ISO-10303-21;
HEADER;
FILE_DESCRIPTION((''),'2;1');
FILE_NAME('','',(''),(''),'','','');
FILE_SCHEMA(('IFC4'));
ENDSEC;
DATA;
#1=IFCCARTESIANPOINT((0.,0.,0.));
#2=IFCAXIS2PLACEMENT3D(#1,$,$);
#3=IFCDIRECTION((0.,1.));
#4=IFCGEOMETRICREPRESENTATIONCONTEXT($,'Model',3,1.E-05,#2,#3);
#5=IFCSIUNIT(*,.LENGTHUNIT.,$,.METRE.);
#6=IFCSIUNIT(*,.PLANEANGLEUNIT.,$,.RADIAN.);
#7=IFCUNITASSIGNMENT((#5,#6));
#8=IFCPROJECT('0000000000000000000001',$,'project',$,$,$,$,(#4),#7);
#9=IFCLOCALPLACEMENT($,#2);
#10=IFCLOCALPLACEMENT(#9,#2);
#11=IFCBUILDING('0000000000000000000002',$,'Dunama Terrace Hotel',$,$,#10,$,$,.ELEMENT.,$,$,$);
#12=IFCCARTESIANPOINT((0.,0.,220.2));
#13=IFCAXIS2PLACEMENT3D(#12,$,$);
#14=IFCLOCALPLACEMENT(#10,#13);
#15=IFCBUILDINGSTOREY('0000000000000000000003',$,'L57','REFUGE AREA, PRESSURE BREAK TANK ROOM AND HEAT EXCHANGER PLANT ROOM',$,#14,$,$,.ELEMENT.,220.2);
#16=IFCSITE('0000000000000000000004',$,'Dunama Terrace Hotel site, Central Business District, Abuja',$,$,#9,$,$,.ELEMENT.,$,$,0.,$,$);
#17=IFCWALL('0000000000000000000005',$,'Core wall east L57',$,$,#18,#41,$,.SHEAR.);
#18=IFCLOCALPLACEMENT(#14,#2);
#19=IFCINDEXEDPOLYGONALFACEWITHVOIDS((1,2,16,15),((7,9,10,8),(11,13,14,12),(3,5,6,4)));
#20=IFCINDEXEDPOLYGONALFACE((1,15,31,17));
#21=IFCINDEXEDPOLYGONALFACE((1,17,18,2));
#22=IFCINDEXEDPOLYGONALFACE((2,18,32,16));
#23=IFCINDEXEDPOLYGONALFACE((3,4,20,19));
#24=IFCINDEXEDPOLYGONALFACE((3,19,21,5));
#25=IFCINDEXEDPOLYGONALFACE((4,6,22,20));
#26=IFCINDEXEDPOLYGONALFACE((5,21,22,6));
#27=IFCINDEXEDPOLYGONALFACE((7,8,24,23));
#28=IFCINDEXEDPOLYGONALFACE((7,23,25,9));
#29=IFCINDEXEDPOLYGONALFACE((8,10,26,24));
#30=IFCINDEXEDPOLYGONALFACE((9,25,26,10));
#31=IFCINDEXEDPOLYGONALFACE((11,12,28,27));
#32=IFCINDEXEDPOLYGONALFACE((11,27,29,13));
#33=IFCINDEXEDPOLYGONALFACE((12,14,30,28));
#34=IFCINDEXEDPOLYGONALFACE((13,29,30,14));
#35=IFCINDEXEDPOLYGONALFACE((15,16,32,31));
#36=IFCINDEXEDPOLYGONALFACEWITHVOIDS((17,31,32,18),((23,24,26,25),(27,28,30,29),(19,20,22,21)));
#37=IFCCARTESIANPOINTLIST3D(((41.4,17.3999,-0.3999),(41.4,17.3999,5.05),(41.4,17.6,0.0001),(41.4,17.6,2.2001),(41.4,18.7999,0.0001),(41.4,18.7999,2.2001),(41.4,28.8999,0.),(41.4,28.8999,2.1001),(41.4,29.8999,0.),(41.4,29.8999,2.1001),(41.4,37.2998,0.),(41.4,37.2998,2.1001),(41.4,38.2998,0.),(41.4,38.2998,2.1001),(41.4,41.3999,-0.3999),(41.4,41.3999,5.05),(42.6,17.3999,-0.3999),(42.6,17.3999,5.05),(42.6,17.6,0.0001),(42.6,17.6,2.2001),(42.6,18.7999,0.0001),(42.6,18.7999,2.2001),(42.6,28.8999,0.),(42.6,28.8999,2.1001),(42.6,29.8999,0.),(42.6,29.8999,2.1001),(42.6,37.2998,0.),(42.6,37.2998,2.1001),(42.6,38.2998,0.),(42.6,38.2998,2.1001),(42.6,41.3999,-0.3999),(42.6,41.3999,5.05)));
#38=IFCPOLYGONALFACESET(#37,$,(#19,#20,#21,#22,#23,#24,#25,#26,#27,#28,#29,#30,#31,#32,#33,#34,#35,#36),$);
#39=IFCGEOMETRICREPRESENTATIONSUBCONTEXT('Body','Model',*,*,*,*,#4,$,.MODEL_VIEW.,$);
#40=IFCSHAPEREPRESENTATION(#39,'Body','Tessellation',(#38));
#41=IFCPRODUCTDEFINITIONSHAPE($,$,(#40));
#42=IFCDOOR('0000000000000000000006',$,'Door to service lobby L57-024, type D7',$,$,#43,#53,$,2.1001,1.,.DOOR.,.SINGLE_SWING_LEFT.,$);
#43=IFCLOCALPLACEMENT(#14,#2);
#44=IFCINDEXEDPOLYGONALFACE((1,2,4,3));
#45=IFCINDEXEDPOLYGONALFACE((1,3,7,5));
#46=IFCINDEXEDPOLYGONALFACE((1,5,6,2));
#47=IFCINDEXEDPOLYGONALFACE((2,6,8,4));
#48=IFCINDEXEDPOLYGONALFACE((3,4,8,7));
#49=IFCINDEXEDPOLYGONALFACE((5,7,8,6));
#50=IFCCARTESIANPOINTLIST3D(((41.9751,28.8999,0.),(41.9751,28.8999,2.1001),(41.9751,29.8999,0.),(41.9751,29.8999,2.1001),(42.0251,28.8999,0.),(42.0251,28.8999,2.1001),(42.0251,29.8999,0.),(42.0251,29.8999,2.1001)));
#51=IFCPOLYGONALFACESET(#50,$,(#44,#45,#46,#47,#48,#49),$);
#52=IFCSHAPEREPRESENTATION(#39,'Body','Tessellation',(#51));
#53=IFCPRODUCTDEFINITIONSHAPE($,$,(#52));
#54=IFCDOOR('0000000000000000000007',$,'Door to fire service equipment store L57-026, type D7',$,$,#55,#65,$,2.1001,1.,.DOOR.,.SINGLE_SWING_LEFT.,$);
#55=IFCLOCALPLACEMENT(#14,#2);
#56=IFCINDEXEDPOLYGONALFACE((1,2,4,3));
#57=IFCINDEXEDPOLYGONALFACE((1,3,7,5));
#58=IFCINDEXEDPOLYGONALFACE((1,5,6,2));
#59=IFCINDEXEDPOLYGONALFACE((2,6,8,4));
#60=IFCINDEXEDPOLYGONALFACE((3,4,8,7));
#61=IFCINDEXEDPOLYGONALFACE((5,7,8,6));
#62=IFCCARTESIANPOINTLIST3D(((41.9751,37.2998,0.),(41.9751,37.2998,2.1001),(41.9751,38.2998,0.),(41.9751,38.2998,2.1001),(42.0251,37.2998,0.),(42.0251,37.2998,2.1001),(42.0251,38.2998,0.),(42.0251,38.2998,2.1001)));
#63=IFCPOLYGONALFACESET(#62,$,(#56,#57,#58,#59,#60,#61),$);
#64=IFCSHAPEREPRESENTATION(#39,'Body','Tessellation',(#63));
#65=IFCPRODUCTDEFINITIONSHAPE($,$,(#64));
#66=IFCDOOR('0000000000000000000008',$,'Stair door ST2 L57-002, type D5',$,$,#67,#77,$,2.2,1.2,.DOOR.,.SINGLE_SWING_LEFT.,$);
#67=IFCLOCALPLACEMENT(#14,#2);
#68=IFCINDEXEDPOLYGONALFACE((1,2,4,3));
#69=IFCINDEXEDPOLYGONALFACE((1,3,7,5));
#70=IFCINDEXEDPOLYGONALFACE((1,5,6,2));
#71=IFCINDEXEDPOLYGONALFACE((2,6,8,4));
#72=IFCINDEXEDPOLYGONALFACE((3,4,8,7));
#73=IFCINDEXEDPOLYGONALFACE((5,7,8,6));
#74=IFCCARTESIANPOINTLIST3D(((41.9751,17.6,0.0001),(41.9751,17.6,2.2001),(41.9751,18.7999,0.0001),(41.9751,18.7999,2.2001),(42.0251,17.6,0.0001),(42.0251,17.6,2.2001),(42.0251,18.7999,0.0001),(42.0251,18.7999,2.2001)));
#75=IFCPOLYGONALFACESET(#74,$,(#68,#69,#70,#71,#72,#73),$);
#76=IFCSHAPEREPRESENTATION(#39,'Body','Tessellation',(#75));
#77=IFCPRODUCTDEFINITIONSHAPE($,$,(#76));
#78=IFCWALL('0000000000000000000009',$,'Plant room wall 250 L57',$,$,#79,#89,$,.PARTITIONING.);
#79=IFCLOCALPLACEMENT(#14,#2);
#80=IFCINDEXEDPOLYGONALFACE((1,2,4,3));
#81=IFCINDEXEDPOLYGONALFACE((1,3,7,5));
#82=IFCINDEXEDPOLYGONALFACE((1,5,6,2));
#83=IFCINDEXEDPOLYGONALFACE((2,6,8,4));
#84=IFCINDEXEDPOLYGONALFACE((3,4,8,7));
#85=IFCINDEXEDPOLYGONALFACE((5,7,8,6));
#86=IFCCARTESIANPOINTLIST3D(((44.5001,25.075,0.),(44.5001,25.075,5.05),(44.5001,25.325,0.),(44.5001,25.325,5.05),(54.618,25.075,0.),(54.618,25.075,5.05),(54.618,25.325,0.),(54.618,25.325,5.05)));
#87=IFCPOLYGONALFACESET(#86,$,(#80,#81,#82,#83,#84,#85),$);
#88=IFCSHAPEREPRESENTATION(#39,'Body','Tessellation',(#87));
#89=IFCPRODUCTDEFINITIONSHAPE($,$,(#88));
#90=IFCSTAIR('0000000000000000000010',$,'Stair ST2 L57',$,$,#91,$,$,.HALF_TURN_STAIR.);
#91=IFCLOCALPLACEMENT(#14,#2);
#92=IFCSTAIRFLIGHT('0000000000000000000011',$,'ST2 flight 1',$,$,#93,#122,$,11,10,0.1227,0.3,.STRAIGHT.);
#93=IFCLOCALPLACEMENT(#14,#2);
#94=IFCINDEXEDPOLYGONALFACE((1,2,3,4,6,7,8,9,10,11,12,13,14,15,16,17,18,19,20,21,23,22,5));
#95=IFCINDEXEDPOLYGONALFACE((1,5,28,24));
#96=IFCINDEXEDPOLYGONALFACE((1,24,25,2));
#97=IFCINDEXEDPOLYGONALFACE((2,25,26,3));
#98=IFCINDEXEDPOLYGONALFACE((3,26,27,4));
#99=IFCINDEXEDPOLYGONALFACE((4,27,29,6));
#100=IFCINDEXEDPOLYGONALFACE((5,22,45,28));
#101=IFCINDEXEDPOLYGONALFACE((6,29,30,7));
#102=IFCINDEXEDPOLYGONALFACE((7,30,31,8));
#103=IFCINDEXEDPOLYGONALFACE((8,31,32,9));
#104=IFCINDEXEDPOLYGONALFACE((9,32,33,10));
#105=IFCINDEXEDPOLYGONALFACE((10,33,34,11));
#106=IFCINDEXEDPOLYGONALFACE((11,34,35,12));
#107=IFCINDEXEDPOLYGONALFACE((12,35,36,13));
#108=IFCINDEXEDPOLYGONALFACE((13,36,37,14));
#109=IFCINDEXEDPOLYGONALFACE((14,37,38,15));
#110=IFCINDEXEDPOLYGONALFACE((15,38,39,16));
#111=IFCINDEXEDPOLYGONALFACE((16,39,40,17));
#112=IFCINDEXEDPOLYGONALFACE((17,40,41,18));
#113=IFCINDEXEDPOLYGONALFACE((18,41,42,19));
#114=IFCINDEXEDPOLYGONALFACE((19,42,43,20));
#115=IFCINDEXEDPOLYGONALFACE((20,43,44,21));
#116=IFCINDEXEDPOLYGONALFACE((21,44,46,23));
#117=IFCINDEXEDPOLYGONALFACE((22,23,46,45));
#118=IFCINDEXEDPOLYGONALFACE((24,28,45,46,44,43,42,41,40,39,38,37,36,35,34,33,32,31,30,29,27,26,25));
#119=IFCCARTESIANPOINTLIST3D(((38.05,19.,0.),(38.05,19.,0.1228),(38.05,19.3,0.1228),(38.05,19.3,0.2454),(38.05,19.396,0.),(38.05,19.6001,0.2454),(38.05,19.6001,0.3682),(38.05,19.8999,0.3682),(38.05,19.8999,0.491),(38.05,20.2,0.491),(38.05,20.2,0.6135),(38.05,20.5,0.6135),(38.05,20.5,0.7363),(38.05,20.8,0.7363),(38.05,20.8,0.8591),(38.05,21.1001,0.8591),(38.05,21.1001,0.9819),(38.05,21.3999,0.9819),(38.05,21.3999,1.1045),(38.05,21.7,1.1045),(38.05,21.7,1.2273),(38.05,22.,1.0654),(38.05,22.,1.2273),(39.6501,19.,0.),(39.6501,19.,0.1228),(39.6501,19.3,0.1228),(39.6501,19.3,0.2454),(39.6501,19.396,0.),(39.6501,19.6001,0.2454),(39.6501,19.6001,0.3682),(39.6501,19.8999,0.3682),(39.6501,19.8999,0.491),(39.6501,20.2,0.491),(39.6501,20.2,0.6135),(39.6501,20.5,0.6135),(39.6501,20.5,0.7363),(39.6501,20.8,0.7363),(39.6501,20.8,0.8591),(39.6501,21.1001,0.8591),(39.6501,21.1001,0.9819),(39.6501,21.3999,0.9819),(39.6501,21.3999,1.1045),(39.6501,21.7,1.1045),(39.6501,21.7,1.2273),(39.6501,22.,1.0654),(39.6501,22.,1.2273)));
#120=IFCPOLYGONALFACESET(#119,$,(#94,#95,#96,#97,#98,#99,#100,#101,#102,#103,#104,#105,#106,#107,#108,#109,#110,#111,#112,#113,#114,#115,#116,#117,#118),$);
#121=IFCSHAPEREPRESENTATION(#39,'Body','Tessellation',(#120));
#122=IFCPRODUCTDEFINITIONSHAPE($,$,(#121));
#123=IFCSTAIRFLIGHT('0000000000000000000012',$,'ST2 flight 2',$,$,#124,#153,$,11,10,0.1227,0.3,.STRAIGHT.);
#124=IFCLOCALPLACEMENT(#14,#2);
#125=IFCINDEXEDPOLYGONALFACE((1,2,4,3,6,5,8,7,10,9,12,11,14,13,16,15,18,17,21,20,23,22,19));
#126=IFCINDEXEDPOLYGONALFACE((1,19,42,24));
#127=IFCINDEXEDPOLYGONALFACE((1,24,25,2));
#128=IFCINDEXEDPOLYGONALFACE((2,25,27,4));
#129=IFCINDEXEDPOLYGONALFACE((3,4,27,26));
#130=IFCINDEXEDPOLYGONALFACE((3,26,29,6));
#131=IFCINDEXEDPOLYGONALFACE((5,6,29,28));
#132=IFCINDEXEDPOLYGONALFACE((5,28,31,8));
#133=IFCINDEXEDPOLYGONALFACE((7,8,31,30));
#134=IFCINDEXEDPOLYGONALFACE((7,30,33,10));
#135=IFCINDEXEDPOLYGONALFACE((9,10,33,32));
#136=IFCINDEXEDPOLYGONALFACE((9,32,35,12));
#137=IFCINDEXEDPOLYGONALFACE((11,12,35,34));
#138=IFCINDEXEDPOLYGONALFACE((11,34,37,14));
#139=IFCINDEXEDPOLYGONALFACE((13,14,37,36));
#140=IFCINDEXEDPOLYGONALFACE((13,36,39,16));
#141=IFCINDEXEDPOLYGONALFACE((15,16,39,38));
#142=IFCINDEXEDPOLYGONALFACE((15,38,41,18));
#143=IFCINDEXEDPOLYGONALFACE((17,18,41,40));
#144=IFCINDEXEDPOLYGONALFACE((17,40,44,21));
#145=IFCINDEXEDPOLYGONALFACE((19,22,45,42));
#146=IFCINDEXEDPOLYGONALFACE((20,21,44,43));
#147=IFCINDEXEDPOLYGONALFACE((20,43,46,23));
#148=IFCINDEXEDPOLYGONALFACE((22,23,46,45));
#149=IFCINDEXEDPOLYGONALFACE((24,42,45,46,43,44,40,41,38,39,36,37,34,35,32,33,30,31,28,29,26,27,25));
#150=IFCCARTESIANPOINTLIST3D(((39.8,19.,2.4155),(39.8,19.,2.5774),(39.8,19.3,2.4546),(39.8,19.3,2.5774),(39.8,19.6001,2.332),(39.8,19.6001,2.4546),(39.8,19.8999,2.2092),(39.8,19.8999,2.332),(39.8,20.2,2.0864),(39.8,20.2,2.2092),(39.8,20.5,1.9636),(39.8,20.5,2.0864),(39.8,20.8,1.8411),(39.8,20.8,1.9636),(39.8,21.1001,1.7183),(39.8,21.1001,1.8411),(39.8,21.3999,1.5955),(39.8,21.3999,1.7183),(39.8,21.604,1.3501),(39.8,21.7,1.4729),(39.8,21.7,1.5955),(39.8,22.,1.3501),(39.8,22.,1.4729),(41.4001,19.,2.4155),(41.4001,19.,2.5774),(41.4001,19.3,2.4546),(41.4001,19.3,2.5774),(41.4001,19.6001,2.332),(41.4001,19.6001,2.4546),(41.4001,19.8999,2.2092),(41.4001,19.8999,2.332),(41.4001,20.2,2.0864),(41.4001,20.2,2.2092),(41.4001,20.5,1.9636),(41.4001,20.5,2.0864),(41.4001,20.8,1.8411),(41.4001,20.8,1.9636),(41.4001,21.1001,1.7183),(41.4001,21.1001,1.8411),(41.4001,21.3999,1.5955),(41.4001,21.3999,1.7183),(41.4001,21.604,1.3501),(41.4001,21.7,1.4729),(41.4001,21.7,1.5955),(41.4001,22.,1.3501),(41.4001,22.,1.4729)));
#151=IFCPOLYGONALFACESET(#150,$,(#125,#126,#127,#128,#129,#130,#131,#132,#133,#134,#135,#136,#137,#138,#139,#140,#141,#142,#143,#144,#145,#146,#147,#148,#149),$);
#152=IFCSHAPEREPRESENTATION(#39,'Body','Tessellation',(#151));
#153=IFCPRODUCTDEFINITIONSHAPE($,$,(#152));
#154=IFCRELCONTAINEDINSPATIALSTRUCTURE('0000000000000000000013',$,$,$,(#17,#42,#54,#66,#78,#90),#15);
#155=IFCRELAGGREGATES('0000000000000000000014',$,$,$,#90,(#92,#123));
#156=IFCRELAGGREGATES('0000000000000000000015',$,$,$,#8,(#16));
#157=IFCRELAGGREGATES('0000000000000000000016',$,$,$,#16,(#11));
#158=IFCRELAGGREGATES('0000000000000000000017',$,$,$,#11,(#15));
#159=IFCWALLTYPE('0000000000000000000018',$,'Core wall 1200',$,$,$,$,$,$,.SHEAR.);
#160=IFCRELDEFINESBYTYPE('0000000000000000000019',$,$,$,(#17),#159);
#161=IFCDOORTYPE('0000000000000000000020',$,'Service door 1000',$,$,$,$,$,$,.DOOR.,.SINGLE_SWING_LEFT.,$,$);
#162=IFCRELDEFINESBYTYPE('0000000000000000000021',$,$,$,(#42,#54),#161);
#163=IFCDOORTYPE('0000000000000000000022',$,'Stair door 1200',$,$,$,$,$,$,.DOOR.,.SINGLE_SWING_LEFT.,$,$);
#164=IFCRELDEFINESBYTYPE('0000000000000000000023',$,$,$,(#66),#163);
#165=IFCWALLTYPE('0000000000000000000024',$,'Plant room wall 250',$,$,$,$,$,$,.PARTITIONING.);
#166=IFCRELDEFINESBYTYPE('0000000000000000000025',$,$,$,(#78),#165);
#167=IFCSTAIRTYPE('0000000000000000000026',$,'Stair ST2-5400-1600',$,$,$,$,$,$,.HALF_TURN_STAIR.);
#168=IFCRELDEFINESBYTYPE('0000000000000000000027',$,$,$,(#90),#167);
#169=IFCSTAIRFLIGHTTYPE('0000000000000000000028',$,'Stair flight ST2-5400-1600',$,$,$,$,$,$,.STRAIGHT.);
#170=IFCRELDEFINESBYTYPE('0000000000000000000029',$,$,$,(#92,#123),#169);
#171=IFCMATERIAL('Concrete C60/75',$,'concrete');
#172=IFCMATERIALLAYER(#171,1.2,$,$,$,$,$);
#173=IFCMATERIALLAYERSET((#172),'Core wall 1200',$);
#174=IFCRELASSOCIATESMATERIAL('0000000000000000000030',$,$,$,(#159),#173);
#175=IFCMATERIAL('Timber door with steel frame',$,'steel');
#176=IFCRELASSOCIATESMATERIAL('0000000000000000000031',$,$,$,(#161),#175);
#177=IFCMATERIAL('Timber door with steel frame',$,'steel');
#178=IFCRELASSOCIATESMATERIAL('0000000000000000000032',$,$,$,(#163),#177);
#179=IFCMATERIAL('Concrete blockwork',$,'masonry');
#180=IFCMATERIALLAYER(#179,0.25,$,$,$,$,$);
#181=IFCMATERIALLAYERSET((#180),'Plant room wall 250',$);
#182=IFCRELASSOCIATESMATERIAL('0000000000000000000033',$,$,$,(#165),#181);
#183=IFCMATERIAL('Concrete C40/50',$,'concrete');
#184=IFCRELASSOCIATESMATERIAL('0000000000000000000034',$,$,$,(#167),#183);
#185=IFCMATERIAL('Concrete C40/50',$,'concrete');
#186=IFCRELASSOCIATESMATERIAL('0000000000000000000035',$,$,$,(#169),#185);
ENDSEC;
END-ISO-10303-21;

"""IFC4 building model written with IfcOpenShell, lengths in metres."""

from ifc_helpers import new_model, si_unit, direction, frame, frame_2d, origin, place, context, subcontext, project, spatial, polyline, rectangle, outline, extrude, material, layer, layer_set, type_object, element, fill, aggregate, save


model = new_model("IFC4")

# Units and contexts
model_context = context("Model", 3, precision=1e-05, world=origin(), true_north=direction((0.0, 1.0)))
body_context = subcontext(model_context, "Body", "Model", "MODEL_VIEW")
ifc_project = project(units=[si_unit("LENGTHUNIT", "METRE"), si_unit("PLANEANGLEUNIT", "RADIAN")], contexts=[model_context])

# Site, building, storey
site_placement = place(None, origin())
site = spatial("IfcSite", under=ifc_project, at=site_placement, Name="Dunama Terrace Hotel site, Central Business District, Abuja", CompositionType="ELEMENT", RefElevation=0.0)
building_placement = place(site_placement, origin())
building = spatial("IfcBuilding", under=site, at=building_placement, Name="Dunama Terrace Hotel", CompositionType="ELEMENT")
storey_placement = place(building_placement, frame((0.0, 0.0, 220.2)))
storey = spatial("IfcBuildingStorey", under=building, at=storey_placement, Name="L57", Description="REFUGE AREA, PRESSURE BREAK TANK ROOM AND HEAT EXCHANGER PLANT ROOM", CompositionType="ELEMENT", Elevation=220.2)

# Wall, openings, doors
ifc_material_1 = material(Name="Concrete C60/75", Category="concrete")
ifc_layer_1 = layer(ifc_material_1, 1.2)
ifc_layer_set_1 = layer_set([ifc_layer_1], Name="Core wall 1200")
wall_type_1 = type_object("IfcWallType", Name="Core wall 1200", PredefinedType="SHEAR", material=ifc_layer_set_1)
wall_1_placement = place(storey_placement, frame((42.0, 17.3999, -0.3999), z_axis=(0.0, 0.0, 1.0), x_axis=(0.0, 1.0, 0.0)))
wall_1 = element("IfcWall", 1, at=wall_1_placement, inside=storey, type_object=wall_type_1, Name="Core wall east L57", PredefinedType="SHEAR", context=body_context, shape_type="SweptSolid", body=[
    extrude(rectangle(XDim=24.0, YDim=1.2, at=frame_2d((12.0, 0.0))), origin(), (0.0, 0.0, 1.0), 5.45),
])
opening_1_placement = place(wall_1_placement, frame((0.2, 0.0, 0.3999)))
opening_1 = element("IfcOpeningElement", 2, at=opening_1_placement, cuts=wall_1, PredefinedType="OPENING", context=body_context, shape_type="SweptSolid", body=[
    extrude(rectangle(XDim=1.2, YDim=2.2, at=frame_2d((0.6001, 1.1001))), frame((0.0, 0.6099, 0.0), z_axis=(0.0, -1.0, 0.0), x_axis=(1.0, 0.0, 0.0)), (0.0, 0.0, 1.0), 1.22),
])
opening_2_placement = place(wall_1_placement, frame((11.5, 0.0, 0.3999)))
opening_2 = element("IfcOpeningElement", 3, at=opening_2_placement, cuts=wall_1, PredefinedType="OPENING", context=body_context, shape_type="SweptSolid", body=[
    extrude(rectangle(XDim=1.0, YDim=2.1001, at=frame_2d((0.5, 1.05))), frame((0.0, 0.6099, 0.0), z_axis=(0.0, -1.0, 0.0), x_axis=(1.0, 0.0, 0.0)), (0.0, 0.0, 1.0), 1.22),
])
opening_3_placement = place(wall_1_placement, frame((19.8999, 0.0, 0.3999)))
opening_3 = element("IfcOpeningElement", 4, at=opening_3_placement, cuts=wall_1, PredefinedType="OPENING", context=body_context, shape_type="SweptSolid", body=[
    extrude(rectangle(XDim=1.0, YDim=2.1001, at=frame_2d((0.5, 1.05))), frame((0.0, 0.6099, 0.0), z_axis=(0.0, -1.0, 0.0), x_axis=(1.0, 0.0, 0.0)), (0.0, 0.0, 1.0), 1.22),
])
ifc_material_2 = material(Name="Timber door with steel frame", Category="steel")
door_type_1 = type_object("IfcDoorType", Name="Service door 1000", OperationType="SINGLE_SWING_LEFT", PredefinedType="DOOR", material=ifc_material_2)
door_1_placement = place(opening_2_placement, origin())
door_1 = element("IfcDoor", 5, at=door_1_placement, inside=storey, type_object=door_type_1, Name="Door to service lobby L57-024, type D7", OperationType="SINGLE_SWING_LEFT", OverallHeight=2.1001, OverallWidth=1.0, PredefinedType="DOOR", context=body_context, shape_type="SweptSolid", body=[
    extrude(rectangle(XDim=1.0, YDim=2.1001, at=frame_2d((0.5, 1.05))), frame((0.0, 0.0249, 0.0), z_axis=(0.0, -1.0, 0.0), x_axis=(1.0, 0.0, 0.0)), (0.0, 0.0, 1.0), 0.05),
])
fill(opening_2, door_1)
door_2_placement = place(opening_3_placement, origin())
door_2 = element("IfcDoor", 6, at=door_2_placement, inside=storey, type_object=door_type_1, Name="Door to fire service equipment store L57-026, type D7", OperationType="SINGLE_SWING_LEFT", OverallHeight=2.1001, OverallWidth=1.0, PredefinedType="DOOR", context=body_context, shape_type="SweptSolid", body=[
    extrude(rectangle(XDim=1.0, YDim=2.1001, at=frame_2d((0.5, 1.05))), frame((0.0, 0.0249, 0.0), z_axis=(0.0, -1.0, 0.0), x_axis=(1.0, 0.0, 0.0)), (0.0, 0.0, 1.0), 0.05),
])
fill(opening_3, door_2)
ifc_material_3 = material(Name="Timber door with steel frame", Category="steel")
door_type_2 = type_object("IfcDoorType", Name="Stair door 1200", OperationType="SINGLE_SWING_LEFT", PredefinedType="DOOR", material=ifc_material_3)
door_3_placement = place(opening_1_placement, origin())
door_3 = element("IfcDoor", 7, at=door_3_placement, inside=storey, type_object=door_type_2, Name="Stair door ST2 L57-002, type D5", OperationType="SINGLE_SWING_LEFT", OverallHeight=2.2, OverallWidth=1.2, PredefinedType="DOOR", context=body_context, shape_type="SweptSolid", body=[
    extrude(rectangle(XDim=1.2, YDim=2.2, at=frame_2d((0.6001, 1.1001))), frame((0.0, 0.0249, 0.0), z_axis=(0.0, -1.0, 0.0), x_axis=(1.0, 0.0, 0.0)), (0.0, 0.0, 1.0), 0.05),
])
fill(opening_1, door_3)

# Wall
ifc_material_4 = material(Name="Concrete blockwork", Category="masonry")
ifc_layer_2 = layer(ifc_material_4, 0.25)
ifc_layer_set_2 = layer_set([ifc_layer_2], Name="Plant room wall 250")
wall_type_2 = type_object("IfcWallType", Name="Plant room wall 250", PredefinedType="PARTITIONING", material=ifc_layer_set_2)
wall_2_placement = place(storey_placement, frame((44.5, 25.2, 0.0), z_axis=(0.0, 0.0, 1.0), x_axis=(1.0, 0.0, 0.0)))
element("IfcWall", 8, at=wall_2_placement, inside=storey, type_object=wall_type_2, Name="Plant room wall 250 L57", PredefinedType="PARTITIONING", context=body_context, shape_type="SweptSolid", body=[
    extrude(rectangle(XDim=10.1179, YDim=0.25, at=frame_2d((5.0591, 0.0))), origin(), (0.0, 0.0, 1.0), 5.05),
])

# Stair, stair flights
ifc_material_5 = material(Name="Concrete C40/50", Category="concrete")
stair_type = type_object("IfcStairType", Name="Stair ST2-5400-1600", PredefinedType="HALF_TURN_STAIR", material=ifc_material_5)
stair_placement = place(storey_placement, origin())
stair = element("IfcStair", 9, at=stair_placement, inside=storey, type_object=stair_type, Name="Stair ST2 L57", PredefinedType="HALF_TURN_STAIR")
ifc_material_6 = material(Name="Concrete C40/50", Category="concrete")
stair_flight_type = type_object("IfcStairFlightType", Name="Stair flight ST2-5400-1600", PredefinedType="STRAIGHT", material=ifc_material_6)
stair_flight_1_placement = place(storey_placement, frame((38.8501, 19.0, 0.0), z_axis=(0.0, 0.0, 1.0), x_axis=(0.0, 1.0, 0.0)))
stair_flight_1 = element("IfcStairFlight", 10, at=stair_flight_1_placement, type_object=stair_flight_type, Name="ST2 flight 1", NumberOfRisers=11, NumberOfTreads=10, PredefinedType="STRAIGHT", RiserHeight=0.1227, TreadLength=0.3, context=body_context, shape_type="SweptSolid", body=[
    extrude(outline(polyline([(0.0, 0.0), (0.0, 0.1228), (0.3, 0.1228), (0.3, 0.2454), (0.6001, 0.2454), (0.6001, 0.3682), (0.8999, 0.3682), (0.8999, 0.491), (1.2, 0.491), (1.2, 0.6135), (1.5, 0.6135), (1.5, 0.7363), (1.8, 0.7363), (1.8, 0.8591), (2.1001, 0.8591), (2.1001, 0.9819), (2.3999, 0.9819), (2.3999, 1.1045), (2.7, 1.1045), (2.7, 1.2273), (3.0, 1.2273), (3.0, 1.3501), (3.0, 1.0654), (0.396, 0.0), (0.0, 0.0)])), frame((0.0, 0.8, 0.0), z_axis=(0.0, -1.0, 0.0), x_axis=(1.0, 0.0, 0.0)), (0.0, 0.0, 1.0), 1.6001),
])
stair_flight_2_placement = place(storey_placement, frame((40.6001, 22.0, 1.3501), z_axis=(0.0, 0.0, 1.0), x_axis=(0.0, -1.0, 0.0)))
stair_flight_2 = element("IfcStairFlight", 11, at=stair_flight_2_placement, type_object=stair_flight_type, Name="ST2 flight 2", NumberOfRisers=11, NumberOfTreads=10, PredefinedType="STRAIGHT", RiserHeight=0.1227, TreadLength=0.3, context=body_context, shape_type="SweptSolid", body=[
    extrude(outline(polyline([(0.0, 0.0), (0.0, 0.1228), (0.3, 0.1228), (0.3, 0.2454), (0.6001, 0.2454), (0.6001, 0.3682), (0.8999, 0.3682), (0.8999, 0.491), (1.2, 0.491), (1.2, 0.6135), (1.5, 0.6135), (1.5, 0.7363), (1.8, 0.7363), (1.8, 0.8591), (2.1001, 0.8591), (2.1001, 0.9819), (2.3999, 0.9819), (2.3999, 1.1045), (2.7, 1.1045), (2.7, 1.2273), (3.0, 1.2273), (3.0, 1.3501), (3.0, 1.0654), (0.396, 0.0), (0.0, 0.0)])), frame((0.0, 0.8, 0.0), z_axis=(0.0, -1.0, 0.0), x_axis=(1.0, 0.0, 0.0)), (0.0, 0.0, 1.0), 1.6001),
])
aggregate(stair, [stair_flight_1, stair_flight_2])

save(model, "model.ifc")
